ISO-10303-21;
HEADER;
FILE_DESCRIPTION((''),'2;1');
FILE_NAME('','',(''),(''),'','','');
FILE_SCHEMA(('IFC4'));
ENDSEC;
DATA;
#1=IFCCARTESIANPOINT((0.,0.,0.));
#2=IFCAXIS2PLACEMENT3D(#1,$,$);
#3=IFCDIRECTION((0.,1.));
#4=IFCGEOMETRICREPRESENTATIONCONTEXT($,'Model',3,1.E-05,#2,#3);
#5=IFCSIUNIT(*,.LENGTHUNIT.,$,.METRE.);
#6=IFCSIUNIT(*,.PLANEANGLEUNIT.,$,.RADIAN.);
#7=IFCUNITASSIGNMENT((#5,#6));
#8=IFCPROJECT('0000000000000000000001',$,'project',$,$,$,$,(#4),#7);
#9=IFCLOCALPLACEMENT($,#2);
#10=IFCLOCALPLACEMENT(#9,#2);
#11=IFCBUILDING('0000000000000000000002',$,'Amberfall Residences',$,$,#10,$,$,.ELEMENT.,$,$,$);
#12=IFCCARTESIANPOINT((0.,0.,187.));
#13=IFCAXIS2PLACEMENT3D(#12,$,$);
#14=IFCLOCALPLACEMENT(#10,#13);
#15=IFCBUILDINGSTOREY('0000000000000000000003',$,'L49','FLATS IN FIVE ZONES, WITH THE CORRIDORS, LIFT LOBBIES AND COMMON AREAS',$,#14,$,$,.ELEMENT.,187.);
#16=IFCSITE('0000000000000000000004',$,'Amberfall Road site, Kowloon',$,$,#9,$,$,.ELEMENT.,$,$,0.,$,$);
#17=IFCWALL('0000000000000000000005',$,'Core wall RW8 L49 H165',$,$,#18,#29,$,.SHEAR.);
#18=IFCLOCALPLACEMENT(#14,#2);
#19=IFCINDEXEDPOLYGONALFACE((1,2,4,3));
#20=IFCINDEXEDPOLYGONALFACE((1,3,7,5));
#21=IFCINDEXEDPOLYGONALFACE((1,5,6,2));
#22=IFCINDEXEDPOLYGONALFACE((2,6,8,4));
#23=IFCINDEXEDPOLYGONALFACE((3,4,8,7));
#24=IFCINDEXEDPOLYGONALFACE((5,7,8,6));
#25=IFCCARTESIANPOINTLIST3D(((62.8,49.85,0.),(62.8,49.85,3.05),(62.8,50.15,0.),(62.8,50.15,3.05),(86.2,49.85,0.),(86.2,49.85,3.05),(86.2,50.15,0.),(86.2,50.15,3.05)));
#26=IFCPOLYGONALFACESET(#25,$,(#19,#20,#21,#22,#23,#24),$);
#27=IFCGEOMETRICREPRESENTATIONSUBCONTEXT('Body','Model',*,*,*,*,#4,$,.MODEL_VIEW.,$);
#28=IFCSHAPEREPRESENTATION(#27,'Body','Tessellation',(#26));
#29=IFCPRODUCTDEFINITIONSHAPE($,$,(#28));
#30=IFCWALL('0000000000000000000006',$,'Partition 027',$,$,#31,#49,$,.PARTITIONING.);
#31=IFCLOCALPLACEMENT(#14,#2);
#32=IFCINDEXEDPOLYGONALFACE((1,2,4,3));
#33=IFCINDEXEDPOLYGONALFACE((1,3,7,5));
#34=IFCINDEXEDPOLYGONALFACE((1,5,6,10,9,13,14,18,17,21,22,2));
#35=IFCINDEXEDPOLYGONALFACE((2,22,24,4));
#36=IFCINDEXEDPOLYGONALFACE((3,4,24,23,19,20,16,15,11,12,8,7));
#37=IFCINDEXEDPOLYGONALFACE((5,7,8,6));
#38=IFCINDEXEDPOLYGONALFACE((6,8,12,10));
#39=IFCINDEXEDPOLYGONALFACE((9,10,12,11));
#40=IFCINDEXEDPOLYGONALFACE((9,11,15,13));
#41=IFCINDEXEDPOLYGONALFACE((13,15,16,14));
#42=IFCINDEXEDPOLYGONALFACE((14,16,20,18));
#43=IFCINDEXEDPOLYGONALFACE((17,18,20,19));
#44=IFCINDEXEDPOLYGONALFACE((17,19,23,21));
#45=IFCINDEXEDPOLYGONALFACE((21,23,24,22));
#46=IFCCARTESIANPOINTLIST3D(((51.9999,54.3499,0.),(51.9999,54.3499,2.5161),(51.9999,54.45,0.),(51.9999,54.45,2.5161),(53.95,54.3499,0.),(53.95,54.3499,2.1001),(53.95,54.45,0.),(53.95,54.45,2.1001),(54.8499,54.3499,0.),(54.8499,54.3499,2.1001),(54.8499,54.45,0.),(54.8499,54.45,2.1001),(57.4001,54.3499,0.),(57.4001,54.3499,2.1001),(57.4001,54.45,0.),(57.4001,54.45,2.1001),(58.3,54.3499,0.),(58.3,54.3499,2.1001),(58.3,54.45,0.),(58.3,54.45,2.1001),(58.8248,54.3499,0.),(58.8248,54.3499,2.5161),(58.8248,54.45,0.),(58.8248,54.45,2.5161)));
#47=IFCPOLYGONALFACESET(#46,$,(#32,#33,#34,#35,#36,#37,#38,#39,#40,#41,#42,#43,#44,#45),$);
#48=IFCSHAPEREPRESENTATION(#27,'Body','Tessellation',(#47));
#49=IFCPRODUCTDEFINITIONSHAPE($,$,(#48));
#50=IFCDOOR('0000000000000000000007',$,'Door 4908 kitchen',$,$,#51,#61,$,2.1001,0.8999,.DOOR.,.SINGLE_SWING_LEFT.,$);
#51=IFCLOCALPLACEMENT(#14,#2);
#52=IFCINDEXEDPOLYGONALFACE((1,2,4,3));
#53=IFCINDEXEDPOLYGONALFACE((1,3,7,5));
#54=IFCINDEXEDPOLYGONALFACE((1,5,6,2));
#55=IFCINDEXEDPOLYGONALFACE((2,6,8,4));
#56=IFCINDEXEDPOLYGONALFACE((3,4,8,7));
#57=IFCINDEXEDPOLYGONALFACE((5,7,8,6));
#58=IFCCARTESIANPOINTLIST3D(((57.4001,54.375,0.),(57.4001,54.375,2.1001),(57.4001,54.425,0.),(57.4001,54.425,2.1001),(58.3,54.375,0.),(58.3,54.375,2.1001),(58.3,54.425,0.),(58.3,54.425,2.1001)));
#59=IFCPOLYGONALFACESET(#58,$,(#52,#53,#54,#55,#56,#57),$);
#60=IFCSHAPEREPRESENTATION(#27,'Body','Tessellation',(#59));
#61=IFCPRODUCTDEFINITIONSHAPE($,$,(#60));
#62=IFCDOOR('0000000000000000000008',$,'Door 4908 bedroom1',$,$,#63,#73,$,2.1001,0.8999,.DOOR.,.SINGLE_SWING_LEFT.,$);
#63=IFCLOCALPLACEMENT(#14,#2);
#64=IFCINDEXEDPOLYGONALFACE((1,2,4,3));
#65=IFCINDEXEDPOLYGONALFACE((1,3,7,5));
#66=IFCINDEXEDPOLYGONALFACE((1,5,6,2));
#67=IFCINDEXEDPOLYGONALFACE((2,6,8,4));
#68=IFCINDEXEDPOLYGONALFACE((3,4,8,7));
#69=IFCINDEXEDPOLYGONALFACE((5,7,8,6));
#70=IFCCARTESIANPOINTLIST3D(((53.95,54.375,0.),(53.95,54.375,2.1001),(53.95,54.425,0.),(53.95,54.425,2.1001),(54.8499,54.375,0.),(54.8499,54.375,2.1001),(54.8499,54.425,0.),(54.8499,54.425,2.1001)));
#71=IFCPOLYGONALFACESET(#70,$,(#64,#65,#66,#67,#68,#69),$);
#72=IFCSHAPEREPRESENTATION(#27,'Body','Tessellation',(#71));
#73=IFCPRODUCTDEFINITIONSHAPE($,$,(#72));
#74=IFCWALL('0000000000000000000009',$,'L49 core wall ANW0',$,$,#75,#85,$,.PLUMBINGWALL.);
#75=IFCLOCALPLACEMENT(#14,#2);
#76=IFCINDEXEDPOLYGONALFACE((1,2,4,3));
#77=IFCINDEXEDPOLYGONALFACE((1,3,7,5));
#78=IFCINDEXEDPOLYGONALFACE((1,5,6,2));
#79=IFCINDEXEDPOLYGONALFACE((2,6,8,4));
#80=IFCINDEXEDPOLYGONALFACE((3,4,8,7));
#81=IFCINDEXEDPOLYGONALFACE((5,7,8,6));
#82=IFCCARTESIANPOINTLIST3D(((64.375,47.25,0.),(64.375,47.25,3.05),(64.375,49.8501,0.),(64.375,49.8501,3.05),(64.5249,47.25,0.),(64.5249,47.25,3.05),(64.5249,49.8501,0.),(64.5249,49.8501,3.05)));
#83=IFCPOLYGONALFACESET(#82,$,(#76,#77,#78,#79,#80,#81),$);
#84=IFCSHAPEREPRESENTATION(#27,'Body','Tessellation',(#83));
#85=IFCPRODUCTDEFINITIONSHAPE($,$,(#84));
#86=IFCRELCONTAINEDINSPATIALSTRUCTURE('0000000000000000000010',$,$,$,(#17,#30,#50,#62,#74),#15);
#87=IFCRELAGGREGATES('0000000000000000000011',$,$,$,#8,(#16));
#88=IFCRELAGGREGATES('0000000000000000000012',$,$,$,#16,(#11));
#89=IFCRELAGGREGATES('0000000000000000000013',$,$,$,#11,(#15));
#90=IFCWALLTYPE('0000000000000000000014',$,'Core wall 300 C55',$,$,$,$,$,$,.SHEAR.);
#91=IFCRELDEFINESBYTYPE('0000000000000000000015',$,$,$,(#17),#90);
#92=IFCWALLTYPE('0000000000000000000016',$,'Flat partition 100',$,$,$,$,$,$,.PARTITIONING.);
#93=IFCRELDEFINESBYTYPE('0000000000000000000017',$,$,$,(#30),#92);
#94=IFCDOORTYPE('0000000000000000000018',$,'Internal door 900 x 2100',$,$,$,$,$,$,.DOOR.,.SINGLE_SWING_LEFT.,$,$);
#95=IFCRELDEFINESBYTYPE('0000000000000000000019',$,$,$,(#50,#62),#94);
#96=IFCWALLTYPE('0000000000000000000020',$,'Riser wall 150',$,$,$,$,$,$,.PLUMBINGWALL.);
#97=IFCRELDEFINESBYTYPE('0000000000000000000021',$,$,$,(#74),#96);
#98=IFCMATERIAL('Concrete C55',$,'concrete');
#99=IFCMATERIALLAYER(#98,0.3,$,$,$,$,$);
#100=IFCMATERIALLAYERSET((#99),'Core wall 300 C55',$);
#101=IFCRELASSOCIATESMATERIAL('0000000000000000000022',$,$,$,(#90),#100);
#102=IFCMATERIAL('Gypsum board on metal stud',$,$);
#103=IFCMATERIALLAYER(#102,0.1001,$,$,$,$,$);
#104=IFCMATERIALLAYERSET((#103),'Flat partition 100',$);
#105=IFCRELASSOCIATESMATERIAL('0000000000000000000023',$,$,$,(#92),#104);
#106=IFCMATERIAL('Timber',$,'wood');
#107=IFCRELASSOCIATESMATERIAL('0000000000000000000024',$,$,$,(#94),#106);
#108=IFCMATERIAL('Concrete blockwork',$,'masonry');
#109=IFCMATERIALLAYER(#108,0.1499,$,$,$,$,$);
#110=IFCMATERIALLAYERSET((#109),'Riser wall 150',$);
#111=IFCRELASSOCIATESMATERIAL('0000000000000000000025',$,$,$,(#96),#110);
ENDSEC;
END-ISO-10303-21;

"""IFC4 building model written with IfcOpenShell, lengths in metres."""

from ifc_helpers import new_model, si_unit, direction, frame, frame_2d, origin, place, context, subcontext, project, spatial, rectangle, extrude, material, layer, layer_set, type_object, element, fill, save


model = new_model("IFC4")

# Units and contexts
model_context = context("Model", 3, precision=1e-05, world=origin(), true_north=direction((0.0, 1.0)))
body_context = subcontext(model_context, "Body", "Model", "MODEL_VIEW")
ifc_project = project(units=[si_unit("LENGTHUNIT", "METRE"), si_unit("PLANEANGLEUNIT", "RADIAN")], contexts=[model_context])

# Site, building, storey
site_placement = place(None, origin())
site = spatial("IfcSite", under=ifc_project, at=site_placement, Name="Amberfall Road site, Kowloon", CompositionType="ELEMENT", RefElevation=0.0)
building_placement = place(site_placement, origin())
building = spatial("IfcBuilding", under=site, at=building_placement, Name="Amberfall Residences", CompositionType="ELEMENT")
storey_placement = place(building_placement, frame((0.0, 0.0, 187.0)))
storey = spatial("IfcBuildingStorey", under=building, at=storey_placement, Name="L49", Description="FLATS IN FIVE ZONES, WITH THE CORRIDORS, LIFT LOBBIES AND COMMON AREAS", CompositionType="ELEMENT", Elevation=187.0)

# Wall
ifc_material_1 = material(Name="Concrete C55", Category="concrete")
ifc_layer_1 = layer(ifc_material_1, 0.3)
ifc_layer_set_1 = layer_set([ifc_layer_1], Name="Core wall 300 C55")
wall_type_1 = type_object("IfcWallType", Name="Core wall 300 C55", PredefinedType="SHEAR", material=ifc_layer_set_1)
wall_1_placement = place(storey_placement, frame((62.8, 50.0, 0.0), z_axis=(0.0, 0.0, 1.0), x_axis=(1.0, 0.0, 0.0)))
element("IfcWall", 1, at=wall_1_placement, inside=storey, type_object=wall_type_1, Name="Core wall RW8 L49 H165", PredefinedType="SHEAR", context=body_context, shape_type="SweptSolid", body=[
    extrude(rectangle(XDim=23.3999, YDim=0.3, at=frame_2d((11.7, 0.0))), origin(), (0.0, 0.0, 1.0), 3.05),
])

# Wall, openings, doors
ifc_material_2 = material(Name="Gypsum board on metal stud")
ifc_layer_2 = layer(ifc_material_2, 0.1001)
ifc_layer_set_2 = layer_set([ifc_layer_2], Name="Flat partition 100")
wall_type_2 = type_object("IfcWallType", Name="Flat partition 100", PredefinedType="PARTITIONING", material=ifc_layer_set_2)
wall_2_placement = place(storey_placement, frame((58.825, 54.3999, 0.0), z_axis=(0.0, 0.0, 1.0), x_axis=(-1.0, 0.0, 0.0)))
wall_2 = element("IfcWall", 2, at=wall_2_placement, inside=storey, type_object=wall_type_2, Name="Partition 027", PredefinedType="PARTITIONING", context=body_context, shape_type="SweptSolid", body=[
    extrude(rectangle(XDim=6.825, YDim=0.1001, at=frame_2d((3.4126, 0.0))), origin(), (0.0, 0.0, 1.0), 2.5161),
])
opening_1_placement = place(wall_2_placement, frame((0.5249, 0.0, 0.0)))
opening_1 = element("IfcOpeningElement", 3, at=opening_1_placement, cuts=wall_2, PredefinedType="OPENING", context=body_context, shape_type="SweptSolid", body=[
    extrude(rectangle(XDim=0.8999, YDim=2.1001, at=frame_2d((0.45, 1.05))), frame((0.0, 0.0601, 0.0), z_axis=(0.0, -1.0, 0.0), x_axis=(1.0, 0.0, 0.0)), (0.0, 0.0, 1.0), 0.1201),
])
opening_2_placement = place(wall_2_placement, frame((3.9751, 0.0, 0.0)))
opening_2 = element("IfcOpeningElement", 4, at=opening_2_placement, cuts=wall_2, PredefinedType="OPENING", context=body_context, shape_type="SweptSolid", body=[
    extrude(rectangle(XDim=0.8999, YDim=2.1001, at=frame_2d((0.45, 1.05))), frame((0.0, 0.0601, 0.0), z_axis=(0.0, -1.0, 0.0), x_axis=(1.0, 0.0, 0.0)), (0.0, 0.0, 1.0), 0.1201),
])
ifc_material_3 = material(Name="Timber", Category="wood")
door_type = type_object("IfcDoorType", Name="Internal door 900 x 2100", OperationType="SINGLE_SWING_LEFT", PredefinedType="DOOR", material=ifc_material_3)
door_1_placement = place(opening_1_placement, origin())
door_1 = element("IfcDoor", 5, at=door_1_placement, inside=storey, type_object=door_type, Name="Door 4908 kitchen", OperationType="SINGLE_SWING_LEFT", OverallHeight=2.1001, OverallWidth=0.8999, PredefinedType="DOOR", context=body_context, shape_type="SweptSolid", body=[
    extrude(rectangle(XDim=0.8999, YDim=2.1001, at=frame_2d((0.45, 1.05))), frame((0.0, 0.0249, 0.0), z_axis=(0.0, -1.0, 0.0), x_axis=(1.0, 0.0, 0.0)), (0.0, 0.0, 1.0), 0.05),
])
fill(opening_1, door_1)
door_2_placement = place(opening_2_placement, origin())
door_2 = element("IfcDoor", 6, at=door_2_placement, inside=storey, type_object=door_type, Name="Door 4908 bedroom1", OperationType="SINGLE_SWING_LEFT", OverallHeight=2.1001, OverallWidth=0.8999, PredefinedType="DOOR", context=body_context, shape_type="SweptSolid", body=[
    extrude(rectangle(XDim=0.8999, YDim=2.1001, at=frame_2d((0.45, 1.05))), frame((0.0, 0.0249, 0.0), z_axis=(0.0, -1.0, 0.0), x_axis=(1.0, 0.0, 0.0)), (0.0, 0.0, 1.0), 0.05),
])
fill(opening_2, door_2)

# Wall
ifc_material_4 = material(Name="Concrete blockwork", Category="masonry")
ifc_layer_3 = layer(ifc_material_4, 0.1499)
ifc_layer_set_3 = layer_set([ifc_layer_3], Name="Riser wall 150")
wall_type_3 = type_object("IfcWallType", Name="Riser wall 150", PredefinedType="PLUMBINGWALL", material=ifc_layer_set_3)
wall_3_placement = place(storey_placement, frame((64.45, 47.25, 0.0), z_axis=(0.0, 0.0, 1.0), x_axis=(0.0, 1.0, 0.0)))
element("IfcWall", 7, at=wall_3_placement, inside=storey, type_object=wall_type_3, Name="L49 core wall ANW0", PredefinedType="PLUMBINGWALL", context=body_context, shape_type="SweptSolid", body=[
    extrude(rectangle(XDim=2.6001, YDim=0.1499, at=frame_2d((1.3, 0.0))), origin(), (0.0, 0.0, 1.0), 3.05),
])

save(model, "model.ifc")
